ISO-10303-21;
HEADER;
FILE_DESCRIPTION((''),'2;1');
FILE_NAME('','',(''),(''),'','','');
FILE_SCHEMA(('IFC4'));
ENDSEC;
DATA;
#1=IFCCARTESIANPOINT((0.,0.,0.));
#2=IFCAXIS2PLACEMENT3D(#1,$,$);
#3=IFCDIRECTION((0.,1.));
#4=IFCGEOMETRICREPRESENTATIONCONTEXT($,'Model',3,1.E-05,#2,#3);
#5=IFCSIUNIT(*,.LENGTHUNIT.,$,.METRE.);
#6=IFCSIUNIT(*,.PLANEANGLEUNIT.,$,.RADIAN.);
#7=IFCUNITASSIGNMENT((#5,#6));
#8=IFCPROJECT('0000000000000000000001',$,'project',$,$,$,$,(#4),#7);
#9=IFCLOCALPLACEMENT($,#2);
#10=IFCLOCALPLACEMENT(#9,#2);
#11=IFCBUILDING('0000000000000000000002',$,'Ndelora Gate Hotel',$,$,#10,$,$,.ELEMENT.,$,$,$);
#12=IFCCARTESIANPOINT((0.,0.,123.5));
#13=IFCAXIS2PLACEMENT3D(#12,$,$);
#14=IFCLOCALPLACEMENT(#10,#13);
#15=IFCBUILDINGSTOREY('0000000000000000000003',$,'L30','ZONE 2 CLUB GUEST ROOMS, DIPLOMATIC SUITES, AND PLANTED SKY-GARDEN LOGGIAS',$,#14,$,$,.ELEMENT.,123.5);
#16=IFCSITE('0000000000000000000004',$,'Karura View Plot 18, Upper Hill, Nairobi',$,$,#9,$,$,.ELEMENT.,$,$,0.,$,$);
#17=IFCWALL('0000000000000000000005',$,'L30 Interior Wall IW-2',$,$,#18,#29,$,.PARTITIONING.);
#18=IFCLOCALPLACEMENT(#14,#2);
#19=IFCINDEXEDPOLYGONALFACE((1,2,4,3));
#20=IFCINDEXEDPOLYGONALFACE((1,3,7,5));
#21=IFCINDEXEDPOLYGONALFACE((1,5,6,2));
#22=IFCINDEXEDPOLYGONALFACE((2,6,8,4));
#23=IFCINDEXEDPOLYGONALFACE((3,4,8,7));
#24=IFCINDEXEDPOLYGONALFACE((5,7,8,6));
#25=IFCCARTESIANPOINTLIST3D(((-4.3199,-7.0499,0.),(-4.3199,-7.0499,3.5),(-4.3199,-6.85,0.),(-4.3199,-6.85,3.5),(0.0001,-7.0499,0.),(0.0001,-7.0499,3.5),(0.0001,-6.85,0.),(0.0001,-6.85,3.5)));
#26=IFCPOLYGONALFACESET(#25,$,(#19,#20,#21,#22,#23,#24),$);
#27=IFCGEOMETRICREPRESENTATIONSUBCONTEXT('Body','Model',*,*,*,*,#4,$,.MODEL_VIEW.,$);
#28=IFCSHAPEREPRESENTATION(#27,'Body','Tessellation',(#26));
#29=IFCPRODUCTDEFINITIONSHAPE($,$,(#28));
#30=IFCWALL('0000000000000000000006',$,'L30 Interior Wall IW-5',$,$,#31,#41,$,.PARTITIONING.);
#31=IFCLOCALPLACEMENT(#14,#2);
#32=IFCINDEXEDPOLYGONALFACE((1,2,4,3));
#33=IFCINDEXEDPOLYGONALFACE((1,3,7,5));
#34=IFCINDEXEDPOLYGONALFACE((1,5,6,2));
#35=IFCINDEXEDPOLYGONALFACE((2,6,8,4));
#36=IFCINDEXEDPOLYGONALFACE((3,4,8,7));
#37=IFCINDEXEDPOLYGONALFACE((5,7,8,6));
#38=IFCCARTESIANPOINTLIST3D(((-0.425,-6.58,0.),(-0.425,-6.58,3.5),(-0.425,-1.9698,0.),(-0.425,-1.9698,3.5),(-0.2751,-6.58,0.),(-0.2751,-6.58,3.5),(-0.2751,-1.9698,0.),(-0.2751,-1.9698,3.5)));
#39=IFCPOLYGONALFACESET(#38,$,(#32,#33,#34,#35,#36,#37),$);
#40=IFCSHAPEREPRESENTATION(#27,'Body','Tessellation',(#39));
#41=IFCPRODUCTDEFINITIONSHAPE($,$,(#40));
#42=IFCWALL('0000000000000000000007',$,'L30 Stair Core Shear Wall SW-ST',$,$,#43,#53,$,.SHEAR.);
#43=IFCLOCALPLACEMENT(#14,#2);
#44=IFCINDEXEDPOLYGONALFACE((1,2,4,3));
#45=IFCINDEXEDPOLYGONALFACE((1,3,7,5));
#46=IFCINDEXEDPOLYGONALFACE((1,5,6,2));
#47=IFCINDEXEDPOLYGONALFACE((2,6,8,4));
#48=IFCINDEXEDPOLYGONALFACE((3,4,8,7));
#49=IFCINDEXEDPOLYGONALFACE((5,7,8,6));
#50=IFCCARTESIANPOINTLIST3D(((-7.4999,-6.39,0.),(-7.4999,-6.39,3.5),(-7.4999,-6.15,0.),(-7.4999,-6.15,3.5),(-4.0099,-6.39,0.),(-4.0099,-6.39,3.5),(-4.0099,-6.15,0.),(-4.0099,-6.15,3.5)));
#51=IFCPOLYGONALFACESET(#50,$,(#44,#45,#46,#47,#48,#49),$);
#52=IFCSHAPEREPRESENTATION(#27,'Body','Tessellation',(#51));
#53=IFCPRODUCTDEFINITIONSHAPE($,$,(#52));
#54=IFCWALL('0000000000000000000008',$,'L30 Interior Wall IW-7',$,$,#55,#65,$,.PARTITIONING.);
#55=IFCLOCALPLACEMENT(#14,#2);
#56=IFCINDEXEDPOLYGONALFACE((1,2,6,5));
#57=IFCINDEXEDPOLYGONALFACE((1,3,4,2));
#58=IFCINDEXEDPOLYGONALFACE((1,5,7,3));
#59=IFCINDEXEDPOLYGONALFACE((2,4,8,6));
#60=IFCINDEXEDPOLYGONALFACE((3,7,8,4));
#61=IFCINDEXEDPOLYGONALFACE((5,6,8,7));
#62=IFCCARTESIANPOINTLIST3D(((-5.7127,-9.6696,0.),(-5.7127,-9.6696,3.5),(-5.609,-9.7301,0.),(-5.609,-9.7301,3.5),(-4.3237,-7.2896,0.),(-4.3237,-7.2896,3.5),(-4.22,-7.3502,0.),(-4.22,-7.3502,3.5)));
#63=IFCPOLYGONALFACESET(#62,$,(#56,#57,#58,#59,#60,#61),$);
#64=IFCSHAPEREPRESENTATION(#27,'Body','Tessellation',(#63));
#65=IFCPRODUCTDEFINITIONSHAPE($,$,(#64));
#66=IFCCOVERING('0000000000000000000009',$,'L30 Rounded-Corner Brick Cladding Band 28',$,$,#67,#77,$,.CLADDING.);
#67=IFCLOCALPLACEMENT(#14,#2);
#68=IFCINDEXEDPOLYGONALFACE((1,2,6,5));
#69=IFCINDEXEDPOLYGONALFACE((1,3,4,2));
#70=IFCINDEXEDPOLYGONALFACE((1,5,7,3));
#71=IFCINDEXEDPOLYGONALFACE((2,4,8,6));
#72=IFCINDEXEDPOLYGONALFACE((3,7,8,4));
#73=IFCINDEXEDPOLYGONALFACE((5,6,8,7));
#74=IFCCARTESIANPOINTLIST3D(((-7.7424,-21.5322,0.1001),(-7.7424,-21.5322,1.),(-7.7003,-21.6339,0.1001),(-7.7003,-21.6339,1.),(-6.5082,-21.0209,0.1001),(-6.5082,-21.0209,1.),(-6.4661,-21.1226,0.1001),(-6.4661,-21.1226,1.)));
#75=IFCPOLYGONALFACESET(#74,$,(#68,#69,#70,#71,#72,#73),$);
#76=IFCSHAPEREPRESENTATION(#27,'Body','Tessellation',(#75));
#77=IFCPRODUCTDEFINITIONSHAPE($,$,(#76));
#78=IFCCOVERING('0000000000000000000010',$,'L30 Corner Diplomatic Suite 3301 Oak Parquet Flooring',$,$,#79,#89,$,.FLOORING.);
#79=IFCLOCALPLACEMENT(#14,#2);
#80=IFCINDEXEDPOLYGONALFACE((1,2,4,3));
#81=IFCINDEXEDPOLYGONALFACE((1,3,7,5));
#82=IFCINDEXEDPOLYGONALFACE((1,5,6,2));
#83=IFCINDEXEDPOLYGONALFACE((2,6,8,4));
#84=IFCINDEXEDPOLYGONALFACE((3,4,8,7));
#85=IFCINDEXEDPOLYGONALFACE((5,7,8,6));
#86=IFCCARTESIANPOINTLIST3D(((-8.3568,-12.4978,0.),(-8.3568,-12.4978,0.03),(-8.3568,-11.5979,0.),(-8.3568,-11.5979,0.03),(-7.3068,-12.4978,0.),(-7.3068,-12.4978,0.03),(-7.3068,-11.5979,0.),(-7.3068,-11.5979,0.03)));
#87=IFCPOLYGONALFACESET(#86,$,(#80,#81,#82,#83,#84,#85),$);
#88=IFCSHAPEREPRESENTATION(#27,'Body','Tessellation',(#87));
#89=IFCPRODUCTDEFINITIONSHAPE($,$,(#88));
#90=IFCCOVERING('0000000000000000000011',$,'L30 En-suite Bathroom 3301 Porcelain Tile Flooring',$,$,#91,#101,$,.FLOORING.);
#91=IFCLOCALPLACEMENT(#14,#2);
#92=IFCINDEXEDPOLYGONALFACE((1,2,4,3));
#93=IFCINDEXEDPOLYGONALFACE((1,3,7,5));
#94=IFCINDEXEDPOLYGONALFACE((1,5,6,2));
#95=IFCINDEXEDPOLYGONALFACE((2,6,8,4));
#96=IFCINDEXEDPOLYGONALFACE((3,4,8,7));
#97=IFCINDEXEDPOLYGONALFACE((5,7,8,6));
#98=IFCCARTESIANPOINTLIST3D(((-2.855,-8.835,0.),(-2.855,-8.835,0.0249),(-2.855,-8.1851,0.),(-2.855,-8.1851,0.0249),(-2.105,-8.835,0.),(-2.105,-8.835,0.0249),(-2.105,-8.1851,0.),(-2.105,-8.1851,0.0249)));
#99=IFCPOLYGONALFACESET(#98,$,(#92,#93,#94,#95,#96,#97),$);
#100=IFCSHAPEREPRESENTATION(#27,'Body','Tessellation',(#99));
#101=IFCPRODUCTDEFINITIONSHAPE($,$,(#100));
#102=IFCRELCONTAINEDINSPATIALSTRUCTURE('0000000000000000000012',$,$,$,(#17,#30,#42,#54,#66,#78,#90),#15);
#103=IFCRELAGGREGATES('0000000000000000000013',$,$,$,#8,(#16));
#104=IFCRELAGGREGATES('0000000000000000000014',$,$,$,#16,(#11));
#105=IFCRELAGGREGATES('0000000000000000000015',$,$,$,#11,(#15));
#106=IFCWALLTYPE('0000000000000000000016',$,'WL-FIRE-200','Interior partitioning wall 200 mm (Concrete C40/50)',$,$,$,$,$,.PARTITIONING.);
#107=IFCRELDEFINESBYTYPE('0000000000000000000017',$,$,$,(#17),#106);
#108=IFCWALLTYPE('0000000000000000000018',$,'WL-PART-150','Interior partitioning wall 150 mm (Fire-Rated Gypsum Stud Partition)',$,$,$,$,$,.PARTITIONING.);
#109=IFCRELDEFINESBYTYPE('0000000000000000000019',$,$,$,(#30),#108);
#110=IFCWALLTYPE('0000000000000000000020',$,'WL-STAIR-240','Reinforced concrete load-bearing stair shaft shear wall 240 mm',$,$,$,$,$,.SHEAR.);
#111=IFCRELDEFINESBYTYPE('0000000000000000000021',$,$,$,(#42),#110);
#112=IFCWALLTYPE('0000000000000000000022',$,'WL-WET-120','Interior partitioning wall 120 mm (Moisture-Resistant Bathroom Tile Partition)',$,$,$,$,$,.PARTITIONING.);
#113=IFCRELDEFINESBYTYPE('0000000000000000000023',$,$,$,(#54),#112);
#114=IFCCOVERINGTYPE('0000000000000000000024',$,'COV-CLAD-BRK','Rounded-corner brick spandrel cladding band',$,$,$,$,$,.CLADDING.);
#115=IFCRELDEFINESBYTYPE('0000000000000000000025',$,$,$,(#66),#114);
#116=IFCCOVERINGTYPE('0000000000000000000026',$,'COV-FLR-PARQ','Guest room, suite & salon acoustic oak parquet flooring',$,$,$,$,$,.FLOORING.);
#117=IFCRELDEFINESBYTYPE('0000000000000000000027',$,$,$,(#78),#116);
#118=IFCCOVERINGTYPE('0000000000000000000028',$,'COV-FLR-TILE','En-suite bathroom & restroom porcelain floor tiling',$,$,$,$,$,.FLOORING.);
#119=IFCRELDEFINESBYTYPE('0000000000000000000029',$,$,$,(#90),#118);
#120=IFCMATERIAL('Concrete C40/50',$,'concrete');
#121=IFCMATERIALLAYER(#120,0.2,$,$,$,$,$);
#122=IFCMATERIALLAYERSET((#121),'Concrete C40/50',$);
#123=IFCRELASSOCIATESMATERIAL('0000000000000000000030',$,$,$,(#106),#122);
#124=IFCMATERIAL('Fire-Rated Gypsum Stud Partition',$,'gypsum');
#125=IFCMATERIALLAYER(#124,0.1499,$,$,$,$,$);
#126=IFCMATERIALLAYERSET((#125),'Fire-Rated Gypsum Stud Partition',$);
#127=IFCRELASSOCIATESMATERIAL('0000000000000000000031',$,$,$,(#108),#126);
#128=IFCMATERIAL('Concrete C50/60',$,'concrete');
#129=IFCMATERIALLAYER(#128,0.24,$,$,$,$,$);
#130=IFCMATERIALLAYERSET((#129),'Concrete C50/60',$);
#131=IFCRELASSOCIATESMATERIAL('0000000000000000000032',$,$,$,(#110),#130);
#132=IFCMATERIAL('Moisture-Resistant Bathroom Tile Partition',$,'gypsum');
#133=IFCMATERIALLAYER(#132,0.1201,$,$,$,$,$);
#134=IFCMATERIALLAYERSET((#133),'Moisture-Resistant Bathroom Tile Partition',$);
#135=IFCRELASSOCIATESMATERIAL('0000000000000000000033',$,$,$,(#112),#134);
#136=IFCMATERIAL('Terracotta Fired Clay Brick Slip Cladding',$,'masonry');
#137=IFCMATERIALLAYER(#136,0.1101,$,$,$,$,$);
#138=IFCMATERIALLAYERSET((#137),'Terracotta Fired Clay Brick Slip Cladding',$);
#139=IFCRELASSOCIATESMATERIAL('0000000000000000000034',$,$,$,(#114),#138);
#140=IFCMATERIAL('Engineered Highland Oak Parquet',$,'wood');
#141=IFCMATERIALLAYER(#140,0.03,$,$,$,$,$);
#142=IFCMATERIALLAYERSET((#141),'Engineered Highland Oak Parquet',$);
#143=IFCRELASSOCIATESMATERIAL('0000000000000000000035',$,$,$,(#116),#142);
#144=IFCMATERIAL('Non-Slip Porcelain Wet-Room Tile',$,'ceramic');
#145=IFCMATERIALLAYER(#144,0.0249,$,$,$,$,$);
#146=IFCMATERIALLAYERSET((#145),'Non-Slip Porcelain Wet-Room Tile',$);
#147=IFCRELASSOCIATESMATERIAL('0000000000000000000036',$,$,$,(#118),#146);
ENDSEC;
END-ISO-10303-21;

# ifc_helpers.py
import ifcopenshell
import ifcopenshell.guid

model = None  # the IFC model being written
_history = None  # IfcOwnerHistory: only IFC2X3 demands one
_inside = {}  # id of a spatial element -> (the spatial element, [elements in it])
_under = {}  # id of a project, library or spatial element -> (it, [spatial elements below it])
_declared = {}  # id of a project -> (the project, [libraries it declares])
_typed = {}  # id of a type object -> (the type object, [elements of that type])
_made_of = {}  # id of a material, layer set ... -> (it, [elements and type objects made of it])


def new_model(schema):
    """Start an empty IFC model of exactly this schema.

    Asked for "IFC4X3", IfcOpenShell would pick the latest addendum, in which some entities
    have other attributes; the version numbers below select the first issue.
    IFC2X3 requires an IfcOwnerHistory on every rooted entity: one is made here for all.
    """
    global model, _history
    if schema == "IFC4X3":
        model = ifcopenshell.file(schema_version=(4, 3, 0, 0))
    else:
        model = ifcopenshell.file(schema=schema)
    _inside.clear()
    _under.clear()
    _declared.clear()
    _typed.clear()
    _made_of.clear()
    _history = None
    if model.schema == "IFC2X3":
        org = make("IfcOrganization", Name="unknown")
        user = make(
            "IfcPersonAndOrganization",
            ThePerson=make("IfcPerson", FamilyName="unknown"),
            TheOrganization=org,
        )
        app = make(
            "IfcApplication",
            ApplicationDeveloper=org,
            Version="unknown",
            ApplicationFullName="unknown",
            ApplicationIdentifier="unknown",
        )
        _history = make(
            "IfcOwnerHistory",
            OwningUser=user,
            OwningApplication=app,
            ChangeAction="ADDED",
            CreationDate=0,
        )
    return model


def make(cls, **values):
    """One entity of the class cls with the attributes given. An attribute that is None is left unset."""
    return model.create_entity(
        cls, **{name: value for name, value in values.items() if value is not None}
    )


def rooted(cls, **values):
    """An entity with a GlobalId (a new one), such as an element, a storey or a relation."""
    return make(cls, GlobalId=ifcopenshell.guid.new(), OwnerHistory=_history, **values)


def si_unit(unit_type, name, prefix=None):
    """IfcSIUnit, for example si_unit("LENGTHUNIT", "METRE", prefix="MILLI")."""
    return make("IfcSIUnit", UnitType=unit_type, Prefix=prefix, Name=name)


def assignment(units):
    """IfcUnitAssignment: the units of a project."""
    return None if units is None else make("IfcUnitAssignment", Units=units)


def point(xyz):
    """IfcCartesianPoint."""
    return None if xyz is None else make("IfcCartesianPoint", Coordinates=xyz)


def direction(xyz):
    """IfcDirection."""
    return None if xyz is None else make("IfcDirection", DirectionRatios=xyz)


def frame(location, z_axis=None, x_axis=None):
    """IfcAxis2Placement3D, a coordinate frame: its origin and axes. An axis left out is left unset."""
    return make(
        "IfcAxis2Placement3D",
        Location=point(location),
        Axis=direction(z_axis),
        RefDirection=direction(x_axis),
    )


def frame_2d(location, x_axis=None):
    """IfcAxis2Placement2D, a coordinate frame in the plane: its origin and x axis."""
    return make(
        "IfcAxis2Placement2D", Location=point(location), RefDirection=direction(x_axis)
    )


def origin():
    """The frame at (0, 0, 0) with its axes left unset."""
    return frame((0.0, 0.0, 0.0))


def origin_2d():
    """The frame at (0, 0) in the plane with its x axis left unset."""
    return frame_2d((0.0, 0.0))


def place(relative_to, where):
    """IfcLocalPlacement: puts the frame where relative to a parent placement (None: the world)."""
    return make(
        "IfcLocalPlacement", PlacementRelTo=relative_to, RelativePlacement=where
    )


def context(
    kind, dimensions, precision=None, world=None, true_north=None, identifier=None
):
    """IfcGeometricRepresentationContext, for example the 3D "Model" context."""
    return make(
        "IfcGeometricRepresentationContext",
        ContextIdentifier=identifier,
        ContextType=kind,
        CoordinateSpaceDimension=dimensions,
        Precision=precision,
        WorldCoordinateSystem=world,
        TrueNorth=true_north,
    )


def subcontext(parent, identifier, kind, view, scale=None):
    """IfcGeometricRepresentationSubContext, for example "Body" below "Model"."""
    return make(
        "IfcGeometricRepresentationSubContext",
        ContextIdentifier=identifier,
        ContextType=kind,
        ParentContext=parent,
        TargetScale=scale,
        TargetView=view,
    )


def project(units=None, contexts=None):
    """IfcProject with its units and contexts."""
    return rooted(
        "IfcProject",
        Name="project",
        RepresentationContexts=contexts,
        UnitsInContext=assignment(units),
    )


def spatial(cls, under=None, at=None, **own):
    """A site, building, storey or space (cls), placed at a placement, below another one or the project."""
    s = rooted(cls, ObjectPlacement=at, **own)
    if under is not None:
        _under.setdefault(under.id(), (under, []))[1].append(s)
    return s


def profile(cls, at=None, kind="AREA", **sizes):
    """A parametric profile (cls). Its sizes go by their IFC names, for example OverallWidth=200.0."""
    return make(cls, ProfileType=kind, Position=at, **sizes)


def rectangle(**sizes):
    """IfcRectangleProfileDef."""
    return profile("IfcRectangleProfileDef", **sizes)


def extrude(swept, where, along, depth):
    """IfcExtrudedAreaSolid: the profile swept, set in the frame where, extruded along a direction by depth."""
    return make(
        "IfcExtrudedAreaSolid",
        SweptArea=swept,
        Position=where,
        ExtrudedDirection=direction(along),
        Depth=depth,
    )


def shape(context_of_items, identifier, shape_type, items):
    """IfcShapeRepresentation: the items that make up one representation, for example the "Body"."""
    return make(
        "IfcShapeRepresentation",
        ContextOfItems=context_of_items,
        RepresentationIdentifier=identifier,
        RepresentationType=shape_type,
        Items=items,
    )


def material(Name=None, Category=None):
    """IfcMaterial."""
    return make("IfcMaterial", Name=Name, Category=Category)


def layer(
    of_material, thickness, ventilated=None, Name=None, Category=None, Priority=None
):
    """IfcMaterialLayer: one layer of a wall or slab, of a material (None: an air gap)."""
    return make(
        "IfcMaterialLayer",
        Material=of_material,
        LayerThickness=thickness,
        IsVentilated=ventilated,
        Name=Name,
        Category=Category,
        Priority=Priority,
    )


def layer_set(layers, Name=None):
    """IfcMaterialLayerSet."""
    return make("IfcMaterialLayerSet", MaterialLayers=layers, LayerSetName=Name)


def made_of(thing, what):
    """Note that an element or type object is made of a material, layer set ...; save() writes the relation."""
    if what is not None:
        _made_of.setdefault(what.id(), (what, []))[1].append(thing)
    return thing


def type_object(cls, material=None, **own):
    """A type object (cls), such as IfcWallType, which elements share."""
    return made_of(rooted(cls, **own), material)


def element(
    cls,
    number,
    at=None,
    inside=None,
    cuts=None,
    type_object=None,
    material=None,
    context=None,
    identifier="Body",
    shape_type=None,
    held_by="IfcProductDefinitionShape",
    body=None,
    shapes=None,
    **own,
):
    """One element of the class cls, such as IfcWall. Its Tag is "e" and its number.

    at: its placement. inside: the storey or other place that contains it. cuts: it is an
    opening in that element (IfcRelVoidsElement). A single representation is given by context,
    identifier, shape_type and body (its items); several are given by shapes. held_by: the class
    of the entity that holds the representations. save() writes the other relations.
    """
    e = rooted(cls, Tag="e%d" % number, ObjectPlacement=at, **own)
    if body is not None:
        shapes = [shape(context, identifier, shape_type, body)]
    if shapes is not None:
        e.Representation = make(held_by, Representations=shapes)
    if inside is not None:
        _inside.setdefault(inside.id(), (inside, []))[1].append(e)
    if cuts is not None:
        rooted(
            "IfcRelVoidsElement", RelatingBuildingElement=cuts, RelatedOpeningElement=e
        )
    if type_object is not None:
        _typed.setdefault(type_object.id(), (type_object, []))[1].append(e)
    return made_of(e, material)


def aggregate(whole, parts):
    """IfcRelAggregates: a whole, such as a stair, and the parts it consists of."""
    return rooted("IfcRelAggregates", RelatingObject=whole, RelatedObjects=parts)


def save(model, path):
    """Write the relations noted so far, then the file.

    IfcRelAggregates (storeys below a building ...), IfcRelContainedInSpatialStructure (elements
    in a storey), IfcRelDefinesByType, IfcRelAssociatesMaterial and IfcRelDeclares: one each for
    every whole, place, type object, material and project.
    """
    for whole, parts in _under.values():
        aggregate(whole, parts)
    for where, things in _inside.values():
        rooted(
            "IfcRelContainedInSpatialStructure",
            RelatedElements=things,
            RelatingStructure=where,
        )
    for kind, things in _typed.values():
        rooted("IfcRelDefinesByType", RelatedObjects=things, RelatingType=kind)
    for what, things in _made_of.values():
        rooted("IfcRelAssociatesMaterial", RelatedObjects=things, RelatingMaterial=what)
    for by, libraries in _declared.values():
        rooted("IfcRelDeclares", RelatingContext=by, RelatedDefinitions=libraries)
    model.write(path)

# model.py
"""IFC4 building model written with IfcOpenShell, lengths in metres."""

from ifc_helpers import new_model, si_unit, direction, frame, frame_2d, origin, origin_2d, place, context, subcontext, project, spatial, rectangle, extrude, material, layer, layer_set, type_object, element, save


model = new_model("IFC4")

# Units and contexts
model_context = context("Model", 3, precision=1e-05, world=origin(), true_north=direction((0.0, 1.0)))
body_context = subcontext(model_context, "Body", "Model", "MODEL_VIEW")
ifc_project = project(units=[si_unit("LENGTHUNIT", "METRE"), si_unit("PLANEANGLEUNIT", "RADIAN")], contexts=[model_context])

# Site, building, storey
site_placement = place(None, origin())
site = spatial("IfcSite", under=ifc_project, at=site_placement, Name="Karura View Plot 18, Upper Hill, Nairobi", CompositionType="ELEMENT", RefElevation=0.0)
building_placement = place(site_placement, origin())
building = spatial("IfcBuilding", under=site, at=building_placement, Name="Ndelora Gate Hotel", CompositionType="ELEMENT")
storey_placement = place(building_placement, frame((0.0, 0.0, 123.5)))
storey = spatial("IfcBuildingStorey", under=building, at=storey_placement, Name="L30", Description="ZONE 2 CLUB GUEST ROOMS, DIPLOMATIC SUITES, AND PLANTED SKY-GARDEN LOGGIAS", CompositionType="ELEMENT", Elevation=123.5)

# Walls
ifc_material_1 = material(Name="Concrete C40/50", Category="concrete")
ifc_layer_1 = layer(ifc_material_1, 0.2)
ifc_layer_set_1 = layer_set([ifc_layer_1], Name="Concrete C40/50")
wall_type_1 = type_object("IfcWallType", Name="WL-FIRE-200", Description="Interior partitioning wall 200 mm (Concrete C40/50)", PredefinedType="PARTITIONING", material=ifc_layer_set_1)
wall_1_placement = place(storey_placement, frame((-4.3201, -6.95, 0.0), z_axis=(0.0, 0.0, 1.0), x_axis=(1.0, 0.0, 0.0)))
element("IfcWall", 1, at=wall_1_placement, inside=storey, type_object=wall_type_1, Name="L30 Interior Wall IW-2", PredefinedType="PARTITIONING", context=body_context, shape_type="SweptSolid", body=[
    extrude(rectangle(XDim=4.3201, YDim=0.2, at=frame_2d((2.1602, 0.0))), origin(), (0.0, 0.0, 1.0), 3.5),
])
ifc_material_2 = material(Name="Fire-Rated Gypsum Stud Partition", Category="gypsum")
ifc_layer_2 = layer(ifc_material_2, 0.1499)
ifc_layer_set_2 = layer_set([ifc_layer_2], Name="Fire-Rated Gypsum Stud Partition")
wall_type_2 = type_object("IfcWallType", Name="WL-PART-150", Description="Interior partitioning wall 150 mm (Fire-Rated Gypsum Stud Partition)", PredefinedType="PARTITIONING", material=ifc_layer_set_2)
wall_2_placement = place(storey_placement, frame((-0.3501, -6.5801, 0.0), z_axis=(0.0, 0.0, 1.0), x_axis=(0.0, 1.0, 0.0)))
element("IfcWall", 2, at=wall_2_placement, inside=storey, type_object=wall_type_2, Name="L30 Interior Wall IW-5", PredefinedType="PARTITIONING", context=body_context, shape_type="SweptSolid", body=[
    extrude(rectangle(XDim=4.6101, YDim=0.1499, at=frame_2d((2.3052, 0.0))), origin(), (0.0, 0.0, 1.0), 3.5),
])
ifc_material_3 = material(Name="Concrete C50/60", Category="concrete")
ifc_layer_3 = layer(ifc_material_3, 0.24)
ifc_layer_set_3 = layer_set([ifc_layer_3], Name="Concrete C50/60")
wall_type_3 = type_object("IfcWallType", Name="WL-STAIR-240", Description="Reinforced concrete load-bearing stair shaft shear wall 240 mm", PredefinedType="SHEAR", material=ifc_layer_set_3)
wall_3_placement = place(storey_placement, frame((-7.5, -6.27, 0.0), z_axis=(0.0, 0.0, 1.0), x_axis=(1.0, 0.0, 0.0)))
element("IfcWall", 3, at=wall_3_placement, inside=storey, type_object=wall_type_3, Name="L30 Stair Core Shear Wall SW-ST", PredefinedType="SHEAR", context=body_context, shape_type="SweptSolid", body=[
    extrude(rectangle(XDim=3.49, YDim=0.24, at=frame_2d((1.7451, 0.0))), origin(), (0.0, 0.0, 1.0), 3.5),
])
ifc_material_4 = material(Name="Moisture-Resistant Bathroom Tile Partition", Category="gypsum")
ifc_layer_4 = layer(ifc_material_4, 0.1201)
ifc_layer_set_4 = layer_set([ifc_layer_4], Name="Moisture-Resistant Bathroom Tile Partition")
wall_type_4 = type_object("IfcWallType", Name="WL-WET-120", Description="Interior partitioning wall 120 mm (Moisture-Resistant Bathroom Tile Partition)", PredefinedType="PARTITIONING", material=ifc_layer_set_4)
wall_4_placement = place(storey_placement, frame((-5.6609, -9.7, 0.0), z_axis=(0.0, 0.0, 1.0), x_axis=(0.504047, 0.863676, 0.0)))
element("IfcWall", 4, at=wall_4_placement, inside=storey, type_object=wall_type_4, Name="L30 Interior Wall IW-7", PredefinedType="PARTITIONING", context=body_context, shape_type="SweptSolid", body=[
    extrude(rectangle(XDim=2.7556, YDim=0.1201, at=frame_2d((1.3779, 0.0))), origin(), (0.0, 0.0, 1.0), 3.5),
])

# Coverings
ifc_material_5 = material(Name="Terracotta Fired Clay Brick Slip Cladding", Category="masonry")
ifc_layer_5 = layer(ifc_material_5, 0.1101)
ifc_layer_set_5 = layer_set([ifc_layer_5], Name="Terracotta Fired Clay Brick Slip Cladding")
covering_type_1 = type_object("IfcCoveringType", Name="COV-CLAD-BRK", Description="Rounded-corner brick spandrel cladding band", PredefinedType="CLADDING", material=ifc_layer_set_5)
covering_1_placement = place(storey_placement, frame((-7.1042, -21.3274, 0.1001), z_axis=(0.0, 0.0, 1.0), x_axis=(0.92388, 0.382683, 0.0)))
element("IfcCovering", 5, at=covering_1_placement, inside=storey, type_object=covering_type_1, Name="L30 Rounded-Corner Brick Cladding Band 28", PredefinedType="CLADDING", context=body_context, shape_type="SweptSolid", body=[
    extrude(rectangle(XDim=1.3359, YDim=0.1101, at=origin_2d()), origin(), (0.0, 0.0, 1.0), 0.8999),
])
ifc_material_6 = material(Name="Engineered Highland Oak Parquet", Category="wood")
ifc_layer_6 = layer(ifc_material_6, 0.03)
ifc_layer_set_6 = layer_set([ifc_layer_6], Name="Engineered Highland Oak Parquet")
covering_type_2 = type_object("IfcCoveringType", Name="COV-FLR-PARQ", Description="Guest room, suite & salon acoustic oak parquet flooring", PredefinedType="FLOORING", material=ifc_layer_set_6)
covering_2_placement = place(storey_placement, frame((-7.8318, -12.0479, 0.0), z_axis=(0.0, 0.0, 1.0), x_axis=(1.0, 0.0, 0.0)))
element("IfcCovering", 6, at=covering_2_placement, inside=storey, type_object=covering_type_2, Name="L30 Corner Diplomatic Suite 3301 Oak Parquet Flooring", PredefinedType="FLOORING", context=body_context, shape_type="SweptSolid", body=[
    extrude(rectangle(XDim=1.05, YDim=0.8999, at=origin_2d()), origin(), (0.0, 0.0, 1.0), 0.03),
])
ifc_material_7 = material(Name="Non-Slip Porcelain Wet-Room Tile", Category="ceramic")
ifc_layer_7 = layer(ifc_material_7, 0.0249)
ifc_layer_set_7 = layer_set([ifc_layer_7], Name="Non-Slip Porcelain Wet-Room Tile")
covering_type_3 = type_object("IfcCoveringType", Name="COV-FLR-TILE", Description="En-suite bathroom & restroom porcelain floor tiling", PredefinedType="FLOORING", material=ifc_layer_set_7)
covering_3_placement = place(storey_placement, frame((-2.48, -8.51, 0.0), z_axis=(0.0, 0.0, 1.0), x_axis=(1.0, 0.0, 0.0)))
element("IfcCovering", 7, at=covering_3_placement, inside=storey, type_object=covering_type_3, Name="L30 En-suite Bathroom 3301 Porcelain Tile Flooring", PredefinedType="FLOORING", context=body_context, shape_type="SweptSolid", body=[
    extrude(rectangle(XDim=0.75, YDim=0.6499, at=origin_2d()), origin(), (0.0, 0.0, 1.0), 0.0249),
])

save(model, "model.ifc")
